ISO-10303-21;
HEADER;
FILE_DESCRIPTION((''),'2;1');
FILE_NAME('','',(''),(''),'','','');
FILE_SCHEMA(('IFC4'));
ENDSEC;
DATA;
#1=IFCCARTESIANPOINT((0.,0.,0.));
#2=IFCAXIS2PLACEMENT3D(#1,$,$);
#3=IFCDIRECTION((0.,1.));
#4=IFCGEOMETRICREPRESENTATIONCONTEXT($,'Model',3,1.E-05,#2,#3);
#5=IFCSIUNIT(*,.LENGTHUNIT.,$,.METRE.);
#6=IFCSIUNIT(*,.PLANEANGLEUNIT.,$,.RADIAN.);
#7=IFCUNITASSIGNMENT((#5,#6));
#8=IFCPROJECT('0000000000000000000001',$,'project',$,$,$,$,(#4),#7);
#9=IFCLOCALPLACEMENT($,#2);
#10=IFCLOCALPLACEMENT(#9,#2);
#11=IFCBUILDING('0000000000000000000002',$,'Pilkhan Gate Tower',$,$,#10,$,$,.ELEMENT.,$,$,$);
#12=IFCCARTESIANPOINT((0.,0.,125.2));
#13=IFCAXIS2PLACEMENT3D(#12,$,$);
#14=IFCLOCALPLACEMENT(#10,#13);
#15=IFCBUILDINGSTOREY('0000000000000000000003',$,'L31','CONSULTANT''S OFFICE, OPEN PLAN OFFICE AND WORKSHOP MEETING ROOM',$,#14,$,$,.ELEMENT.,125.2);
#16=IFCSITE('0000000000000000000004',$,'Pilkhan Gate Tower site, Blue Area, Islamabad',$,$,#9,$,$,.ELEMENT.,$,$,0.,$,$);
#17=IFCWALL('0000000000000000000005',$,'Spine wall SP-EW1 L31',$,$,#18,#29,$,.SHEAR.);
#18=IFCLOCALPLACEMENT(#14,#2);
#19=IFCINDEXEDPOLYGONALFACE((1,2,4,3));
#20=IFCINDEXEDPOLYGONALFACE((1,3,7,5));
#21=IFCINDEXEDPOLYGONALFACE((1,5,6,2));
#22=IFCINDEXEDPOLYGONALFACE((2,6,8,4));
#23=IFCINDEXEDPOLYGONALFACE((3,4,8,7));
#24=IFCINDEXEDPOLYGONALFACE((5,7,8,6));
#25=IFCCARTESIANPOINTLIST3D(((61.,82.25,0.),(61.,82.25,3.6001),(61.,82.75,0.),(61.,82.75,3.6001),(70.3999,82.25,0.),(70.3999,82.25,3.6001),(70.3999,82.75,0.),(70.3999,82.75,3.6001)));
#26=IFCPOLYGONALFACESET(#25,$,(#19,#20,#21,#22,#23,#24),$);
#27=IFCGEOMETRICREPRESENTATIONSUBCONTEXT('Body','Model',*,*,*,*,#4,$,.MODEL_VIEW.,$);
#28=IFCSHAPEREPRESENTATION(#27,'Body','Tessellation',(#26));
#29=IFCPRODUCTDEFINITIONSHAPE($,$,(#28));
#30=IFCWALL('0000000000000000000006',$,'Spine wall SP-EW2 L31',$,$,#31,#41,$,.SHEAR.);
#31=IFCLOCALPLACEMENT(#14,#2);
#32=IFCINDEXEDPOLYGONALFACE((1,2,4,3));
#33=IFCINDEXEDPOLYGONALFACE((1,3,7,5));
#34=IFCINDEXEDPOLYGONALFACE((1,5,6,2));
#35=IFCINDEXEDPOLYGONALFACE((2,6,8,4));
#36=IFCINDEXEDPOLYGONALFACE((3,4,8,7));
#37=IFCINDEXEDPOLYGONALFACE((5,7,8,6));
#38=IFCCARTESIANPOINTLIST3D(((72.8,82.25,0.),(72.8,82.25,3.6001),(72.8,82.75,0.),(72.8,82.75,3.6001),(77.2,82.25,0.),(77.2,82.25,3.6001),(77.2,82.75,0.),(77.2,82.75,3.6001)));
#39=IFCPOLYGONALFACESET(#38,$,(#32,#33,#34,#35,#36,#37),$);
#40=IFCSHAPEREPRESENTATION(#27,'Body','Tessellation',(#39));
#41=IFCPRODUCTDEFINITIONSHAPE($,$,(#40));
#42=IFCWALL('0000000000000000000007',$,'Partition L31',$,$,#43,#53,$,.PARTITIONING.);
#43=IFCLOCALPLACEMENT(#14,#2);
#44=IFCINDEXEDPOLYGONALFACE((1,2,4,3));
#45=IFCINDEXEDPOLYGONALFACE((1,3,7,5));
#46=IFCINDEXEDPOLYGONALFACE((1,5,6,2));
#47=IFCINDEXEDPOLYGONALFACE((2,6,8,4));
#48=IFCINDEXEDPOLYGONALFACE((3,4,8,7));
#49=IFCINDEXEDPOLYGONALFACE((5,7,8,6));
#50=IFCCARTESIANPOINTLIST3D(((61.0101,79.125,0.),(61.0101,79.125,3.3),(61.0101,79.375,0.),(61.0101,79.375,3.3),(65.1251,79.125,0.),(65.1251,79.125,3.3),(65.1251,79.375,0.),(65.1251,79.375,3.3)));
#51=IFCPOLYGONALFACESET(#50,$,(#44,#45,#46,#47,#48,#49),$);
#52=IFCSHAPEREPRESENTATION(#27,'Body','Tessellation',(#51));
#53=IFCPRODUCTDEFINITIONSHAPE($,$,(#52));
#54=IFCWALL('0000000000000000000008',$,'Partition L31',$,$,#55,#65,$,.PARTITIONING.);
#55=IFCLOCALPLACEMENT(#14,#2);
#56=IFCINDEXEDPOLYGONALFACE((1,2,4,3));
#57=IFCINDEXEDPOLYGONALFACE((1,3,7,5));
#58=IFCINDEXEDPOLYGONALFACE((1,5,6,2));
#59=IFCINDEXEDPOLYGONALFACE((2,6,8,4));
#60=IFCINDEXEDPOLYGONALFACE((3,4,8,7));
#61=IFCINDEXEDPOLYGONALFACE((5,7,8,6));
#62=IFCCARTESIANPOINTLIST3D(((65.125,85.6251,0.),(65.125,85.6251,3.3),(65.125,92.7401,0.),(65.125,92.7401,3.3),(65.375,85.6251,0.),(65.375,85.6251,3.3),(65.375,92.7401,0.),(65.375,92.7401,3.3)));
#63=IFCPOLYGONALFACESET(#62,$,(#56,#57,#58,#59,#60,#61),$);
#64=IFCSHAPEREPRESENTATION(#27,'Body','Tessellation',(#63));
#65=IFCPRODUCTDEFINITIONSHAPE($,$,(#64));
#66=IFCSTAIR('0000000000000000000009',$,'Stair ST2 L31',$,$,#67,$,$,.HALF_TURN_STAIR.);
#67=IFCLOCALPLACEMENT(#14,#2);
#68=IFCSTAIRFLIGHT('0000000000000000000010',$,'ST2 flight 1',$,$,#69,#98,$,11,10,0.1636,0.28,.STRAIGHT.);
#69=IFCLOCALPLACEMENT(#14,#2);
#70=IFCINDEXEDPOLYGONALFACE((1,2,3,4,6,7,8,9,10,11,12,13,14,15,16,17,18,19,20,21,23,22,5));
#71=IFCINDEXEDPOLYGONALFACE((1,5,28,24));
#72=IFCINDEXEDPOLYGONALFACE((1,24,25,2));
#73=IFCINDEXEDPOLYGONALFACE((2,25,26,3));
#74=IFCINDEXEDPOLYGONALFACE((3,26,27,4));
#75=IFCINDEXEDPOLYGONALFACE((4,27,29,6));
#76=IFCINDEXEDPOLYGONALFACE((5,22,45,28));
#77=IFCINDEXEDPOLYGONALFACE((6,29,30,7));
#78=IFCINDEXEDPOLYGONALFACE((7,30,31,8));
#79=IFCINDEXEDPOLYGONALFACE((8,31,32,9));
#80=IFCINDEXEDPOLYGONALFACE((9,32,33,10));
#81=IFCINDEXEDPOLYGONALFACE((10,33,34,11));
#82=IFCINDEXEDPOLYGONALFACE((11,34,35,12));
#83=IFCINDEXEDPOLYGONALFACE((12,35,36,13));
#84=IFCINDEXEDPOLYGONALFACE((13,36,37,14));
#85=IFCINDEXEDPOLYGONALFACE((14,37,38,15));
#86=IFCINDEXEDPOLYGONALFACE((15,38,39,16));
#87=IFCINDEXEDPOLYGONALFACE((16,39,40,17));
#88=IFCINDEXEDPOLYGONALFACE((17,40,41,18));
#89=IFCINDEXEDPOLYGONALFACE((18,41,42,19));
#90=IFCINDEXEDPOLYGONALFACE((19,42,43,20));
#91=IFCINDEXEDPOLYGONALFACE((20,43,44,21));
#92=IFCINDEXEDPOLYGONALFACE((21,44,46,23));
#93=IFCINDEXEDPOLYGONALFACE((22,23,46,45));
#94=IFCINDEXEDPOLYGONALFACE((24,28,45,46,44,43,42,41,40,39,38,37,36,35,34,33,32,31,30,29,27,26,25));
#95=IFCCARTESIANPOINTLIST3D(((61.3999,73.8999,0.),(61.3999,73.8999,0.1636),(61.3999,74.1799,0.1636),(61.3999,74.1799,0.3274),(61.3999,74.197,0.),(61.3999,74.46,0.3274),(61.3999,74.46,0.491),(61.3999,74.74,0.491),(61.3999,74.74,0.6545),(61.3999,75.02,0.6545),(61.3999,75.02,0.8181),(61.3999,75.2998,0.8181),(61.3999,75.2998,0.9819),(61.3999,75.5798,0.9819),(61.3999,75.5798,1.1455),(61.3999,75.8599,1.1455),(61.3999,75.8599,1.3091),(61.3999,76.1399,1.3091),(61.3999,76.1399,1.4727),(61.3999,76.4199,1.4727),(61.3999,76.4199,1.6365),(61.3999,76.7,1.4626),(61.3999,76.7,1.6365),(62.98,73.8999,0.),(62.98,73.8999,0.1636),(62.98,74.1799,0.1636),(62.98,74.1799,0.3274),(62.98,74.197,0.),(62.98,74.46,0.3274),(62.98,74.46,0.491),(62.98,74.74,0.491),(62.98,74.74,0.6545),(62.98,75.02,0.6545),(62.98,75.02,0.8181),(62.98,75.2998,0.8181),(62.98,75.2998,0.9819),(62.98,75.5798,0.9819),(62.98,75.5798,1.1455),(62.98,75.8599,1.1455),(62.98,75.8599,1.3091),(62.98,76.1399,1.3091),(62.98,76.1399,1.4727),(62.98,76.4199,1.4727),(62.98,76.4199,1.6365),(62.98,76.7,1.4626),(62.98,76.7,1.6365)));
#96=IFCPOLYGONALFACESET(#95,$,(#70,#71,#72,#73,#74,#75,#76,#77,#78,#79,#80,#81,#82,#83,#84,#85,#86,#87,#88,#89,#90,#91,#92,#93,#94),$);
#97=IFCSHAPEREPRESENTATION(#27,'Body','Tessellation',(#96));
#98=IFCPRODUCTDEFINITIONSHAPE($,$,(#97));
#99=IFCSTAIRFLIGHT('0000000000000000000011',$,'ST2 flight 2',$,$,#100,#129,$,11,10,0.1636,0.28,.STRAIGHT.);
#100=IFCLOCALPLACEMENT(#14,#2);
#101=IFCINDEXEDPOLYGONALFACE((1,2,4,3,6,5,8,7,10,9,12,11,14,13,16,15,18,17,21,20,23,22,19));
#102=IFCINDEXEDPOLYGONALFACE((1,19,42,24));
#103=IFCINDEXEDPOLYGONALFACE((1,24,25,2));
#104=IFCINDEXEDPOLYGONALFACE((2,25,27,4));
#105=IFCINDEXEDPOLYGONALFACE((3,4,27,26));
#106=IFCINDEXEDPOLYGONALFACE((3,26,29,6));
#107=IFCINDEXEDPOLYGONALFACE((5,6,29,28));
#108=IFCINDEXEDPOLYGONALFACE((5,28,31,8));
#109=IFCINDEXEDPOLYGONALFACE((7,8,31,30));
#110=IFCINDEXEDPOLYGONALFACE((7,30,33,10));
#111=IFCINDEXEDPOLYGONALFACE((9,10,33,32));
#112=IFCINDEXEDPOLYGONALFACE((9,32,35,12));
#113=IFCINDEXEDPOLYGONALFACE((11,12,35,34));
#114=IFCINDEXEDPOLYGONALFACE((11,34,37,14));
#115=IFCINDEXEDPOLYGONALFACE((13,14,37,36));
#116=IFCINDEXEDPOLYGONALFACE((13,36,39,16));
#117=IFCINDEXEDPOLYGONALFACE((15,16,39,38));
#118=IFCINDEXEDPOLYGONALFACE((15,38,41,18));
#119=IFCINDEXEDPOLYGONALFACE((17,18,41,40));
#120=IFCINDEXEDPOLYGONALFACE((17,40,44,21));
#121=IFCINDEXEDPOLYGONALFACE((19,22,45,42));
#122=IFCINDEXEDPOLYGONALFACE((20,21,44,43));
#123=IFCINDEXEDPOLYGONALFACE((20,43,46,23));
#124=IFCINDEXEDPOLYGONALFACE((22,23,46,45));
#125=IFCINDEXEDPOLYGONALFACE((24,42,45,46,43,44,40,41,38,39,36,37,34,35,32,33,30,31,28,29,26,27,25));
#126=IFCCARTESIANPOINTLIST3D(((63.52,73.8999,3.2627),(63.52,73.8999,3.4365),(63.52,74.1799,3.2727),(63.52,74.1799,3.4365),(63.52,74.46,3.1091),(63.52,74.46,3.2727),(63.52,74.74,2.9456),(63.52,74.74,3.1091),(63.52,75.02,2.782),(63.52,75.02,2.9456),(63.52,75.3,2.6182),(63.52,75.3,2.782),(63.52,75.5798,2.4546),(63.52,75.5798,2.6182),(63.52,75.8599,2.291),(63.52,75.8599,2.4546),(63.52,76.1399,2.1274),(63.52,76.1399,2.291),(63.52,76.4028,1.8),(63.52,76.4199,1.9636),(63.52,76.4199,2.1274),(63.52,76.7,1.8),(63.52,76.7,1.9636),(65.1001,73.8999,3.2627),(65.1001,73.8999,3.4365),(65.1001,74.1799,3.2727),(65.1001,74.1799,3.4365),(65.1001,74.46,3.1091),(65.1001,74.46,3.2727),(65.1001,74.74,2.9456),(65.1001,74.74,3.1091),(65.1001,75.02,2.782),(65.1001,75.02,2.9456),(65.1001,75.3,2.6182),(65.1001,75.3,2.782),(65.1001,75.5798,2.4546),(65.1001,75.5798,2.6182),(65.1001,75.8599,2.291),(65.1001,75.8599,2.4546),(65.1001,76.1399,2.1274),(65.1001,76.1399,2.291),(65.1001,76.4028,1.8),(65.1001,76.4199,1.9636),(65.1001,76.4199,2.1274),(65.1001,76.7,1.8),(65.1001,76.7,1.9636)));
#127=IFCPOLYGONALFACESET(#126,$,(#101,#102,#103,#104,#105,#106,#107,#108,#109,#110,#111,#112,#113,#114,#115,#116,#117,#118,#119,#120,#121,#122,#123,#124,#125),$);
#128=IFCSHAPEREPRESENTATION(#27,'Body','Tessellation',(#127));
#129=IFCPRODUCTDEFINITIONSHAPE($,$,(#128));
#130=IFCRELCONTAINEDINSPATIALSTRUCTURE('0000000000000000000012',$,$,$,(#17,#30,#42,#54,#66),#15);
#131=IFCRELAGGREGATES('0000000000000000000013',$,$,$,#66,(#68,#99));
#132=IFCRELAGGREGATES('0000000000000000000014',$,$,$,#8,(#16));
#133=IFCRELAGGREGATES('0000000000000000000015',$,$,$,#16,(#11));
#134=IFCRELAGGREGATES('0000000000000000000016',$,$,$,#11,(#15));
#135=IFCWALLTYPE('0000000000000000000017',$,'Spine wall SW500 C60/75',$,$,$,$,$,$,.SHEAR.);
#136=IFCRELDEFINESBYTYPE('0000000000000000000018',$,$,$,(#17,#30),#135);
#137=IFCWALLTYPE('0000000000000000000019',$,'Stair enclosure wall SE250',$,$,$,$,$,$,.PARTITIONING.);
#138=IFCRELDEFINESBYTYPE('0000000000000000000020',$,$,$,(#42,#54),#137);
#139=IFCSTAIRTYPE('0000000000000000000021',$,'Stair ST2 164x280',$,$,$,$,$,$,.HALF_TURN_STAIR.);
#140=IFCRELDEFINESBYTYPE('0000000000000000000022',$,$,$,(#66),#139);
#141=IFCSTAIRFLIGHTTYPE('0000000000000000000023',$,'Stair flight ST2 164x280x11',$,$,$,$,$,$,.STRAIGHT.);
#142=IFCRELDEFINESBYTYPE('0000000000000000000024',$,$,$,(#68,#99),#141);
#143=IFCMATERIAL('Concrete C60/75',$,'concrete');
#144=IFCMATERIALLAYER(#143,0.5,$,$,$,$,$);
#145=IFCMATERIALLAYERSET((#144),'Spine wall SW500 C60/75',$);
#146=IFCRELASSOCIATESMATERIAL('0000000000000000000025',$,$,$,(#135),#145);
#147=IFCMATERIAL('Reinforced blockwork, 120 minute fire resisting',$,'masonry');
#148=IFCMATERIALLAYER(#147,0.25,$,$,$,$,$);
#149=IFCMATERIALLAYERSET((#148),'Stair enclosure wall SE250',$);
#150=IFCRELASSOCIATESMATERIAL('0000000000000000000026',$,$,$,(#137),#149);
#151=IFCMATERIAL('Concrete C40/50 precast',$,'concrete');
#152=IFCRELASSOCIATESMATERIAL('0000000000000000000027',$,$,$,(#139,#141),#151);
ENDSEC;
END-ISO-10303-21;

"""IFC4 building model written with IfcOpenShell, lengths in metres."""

from ifc_helpers import new_model, si_unit, direction, frame, frame_2d, origin, place, context, subcontext, project, spatial, polyline, rectangle, outline, extrude, material, layer, layer_set, type_object, element, aggregate, save


model = new_model("IFC4")

# Units and contexts
model_context = context("Model", 3, precision=1e-05, world=origin(), true_north=direction((0.0, 1.0)))
body_context = subcontext(model_context, "Body", "Model", "MODEL_VIEW")
ifc_project = project(units=[si_unit("LENGTHUNIT", "METRE"), si_unit("PLANEANGLEUNIT", "RADIAN")], contexts=[model_context])

# Site, building, storey
site_placement = place(None, origin())
site = spatial("IfcSite", under=ifc_project, at=site_placement, Name="Pilkhan Gate Tower site, Blue Area, Islamabad", CompositionType="ELEMENT", RefElevation=0.0)
building_placement = place(site_placement, origin())
building = spatial("IfcBuilding", under=site, at=building_placement, Name="Pilkhan Gate Tower", CompositionType="ELEMENT")
storey_placement = place(building_placement, frame((0.0, 0.0, 125.2)))
storey = spatial("IfcBuildingStorey", under=building, at=storey_placement, Name="L31", Description="CONSULTANT'S OFFICE, OPEN PLAN OFFICE AND WORKSHOP MEETING ROOM", CompositionType="ELEMENT", Elevation=125.2)

# Shared definitions
ifc_material_1 = material(Name="Concrete C60/75", Category="concrete")

# Walls
ifc_layer_1 = layer(ifc_material_1, 0.5)
ifc_layer_set_1 = layer_set([ifc_layer_1], Name="Spine wall SW500 C60/75")
wall_type_1 = type_object("IfcWallType", Name="Spine wall SW500 C60/75", PredefinedType="SHEAR", material=ifc_layer_set_1)
wall_1_placement = place(storey_placement, frame((61.0, 82.5, 0.0), z_axis=(0.0, 0.0, 1.0), x_axis=(1.0, 0.0, 0.0)))
element("IfcWall", 1, at=wall_1_placement, inside=storey, type_object=wall_type_1, Name="Spine wall SP-EW1 L31", PredefinedType="SHEAR", context=body_context, shape_type="SweptSolid", body=[
    extrude(rectangle(XDim=9.3999, YDim=0.5, at=frame_2d((4.7, 0.0))), origin(), (0.0, 0.0, 1.0), 3.6001),
])
wall_2_placement = place(storey_placement, frame((72.8, 82.5, 0.0), z_axis=(0.0, 0.0, 1.0), x_axis=(1.0, 0.0, 0.0)))
element("IfcWall", 2, at=wall_2_placement, inside=storey, type_object=wall_type_1, Name="Spine wall SP-EW2 L31", PredefinedType="SHEAR", context=body_context, shape_type="SweptSolid", body=[
    extrude(rectangle(XDim=4.3999, YDim=0.5, at=frame_2d((2.2, 0.0))), origin(), (0.0, 0.0, 1.0), 3.6001),
])
ifc_material_2 = material(Name="Reinforced blockwork, 120 minute fire resisting", Category="masonry")
ifc_layer_2 = layer(ifc_material_2, 0.25)
ifc_layer_set_2 = layer_set([ifc_layer_2], Name="Stair enclosure wall SE250")
wall_type_2 = type_object("IfcWallType", Name="Stair enclosure wall SE250", PredefinedType="PARTITIONING", material=ifc_layer_set_2)
wall_3_placement = place(storey_placement, frame((61.01, 79.25, 0.0), z_axis=(0.0, 0.0, 1.0), x_axis=(1.0, 0.0, 0.0)))
element("IfcWall", 3, at=wall_3_placement, inside=storey, type_object=wall_type_2, Name="Partition L31", PredefinedType="PARTITIONING", context=body_context, shape_type="SweptSolid", body=[
    extrude(rectangle(XDim=4.115, YDim=0.25, at=frame_2d((2.0576, 0.0))), origin(), (0.0, 0.0, 1.0), 3.3),
])
wall_4_placement = place(storey_placement, frame((65.25, 85.625, 0.0), z_axis=(0.0, 0.0, 1.0), x_axis=(0.0, 1.0, 0.0)))
element("IfcWall", 4, at=wall_4_placement, inside=storey, type_object=wall_type_2, Name="Partition L31", PredefinedType="PARTITIONING", context=body_context, shape_type="SweptSolid", body=[
    extrude(rectangle(XDim=7.115, YDim=0.25, at=frame_2d((3.5576, 0.0))), origin(), (0.0, 0.0, 1.0), 3.3),
])

# Stair, stair flights
ifc_material_3 = material(Name="Concrete C40/50 precast", Category="concrete")
stair_type = type_object("IfcStairType", Name="Stair ST2 164x280", PredefinedType="HALF_TURN_STAIR", material=ifc_material_3)
stair_placement = place(storey_placement, origin())
stair = element("IfcStair", 5, at=stair_placement, inside=storey, type_object=stair_type, Name="Stair ST2 L31", PredefinedType="HALF_TURN_STAIR")
stair_flight_type = type_object("IfcStairFlightType", Name="Stair flight ST2 164x280x11", PredefinedType="STRAIGHT", material=ifc_material_3)
stair_flight_1_placement = place(storey_placement, frame((62.1899, 73.8999, 0.0), z_axis=(0.0, 0.0, 1.0), x_axis=(0.0, 1.0, 0.0)))
stair_flight_1 = element("IfcStairFlight", 6, at=stair_flight_1_placement, type_object=stair_flight_type, Name="ST2 flight 1", NumberOfRisers=11, NumberOfTreads=10, PredefinedType="STRAIGHT", RiserHeight=0.1636, TreadLength=0.28, context=body_context, shape_type="SweptSolid", body=[
    extrude(outline(polyline([(0.0, 0.0), (0.0, 0.1636), (0.28, 0.1636), (0.28, 0.3274), (0.5601, 0.3274), (0.5601, 0.491), (0.8401, 0.491), (0.8401, 0.6545), (1.1201, 0.6545), (1.1201, 0.8181), (1.3999, 0.8181), (1.3999, 0.9819), (1.6799, 0.9819), (1.6799, 1.1455), (1.96, 1.1455), (1.96, 1.3091), (2.24, 1.3091), (2.24, 1.4727), (2.52, 1.4727), (2.52, 1.6365), (2.8, 1.6365), (2.8, 1.8), (2.8, 1.4626), (0.2971, 0.0), (0.0, 0.0)])), frame((0.0, 0.79, 0.0), z_axis=(0.0, -1.0, 0.0), x_axis=(1.0, 0.0, 0.0)), (0.0, 0.0, 1.0), 1.5801),
])
stair_flight_2_placement = place(storey_placement, frame((64.3101, 76.7, 1.8), z_axis=(0.0, 0.0, 1.0), x_axis=(0.0, -1.0, 0.0)))
stair_flight_2 = element("IfcStairFlight", 7, at=stair_flight_2_placement, type_object=stair_flight_type, Name="ST2 flight 2", NumberOfRisers=11, NumberOfTreads=10, PredefinedType="STRAIGHT", RiserHeight=0.1636, TreadLength=0.28, context=body_context, shape_type="SweptSolid", body=[
    extrude(outline(polyline([(0.0, 0.0), (0.0, 0.1636), (0.28, 0.1636), (0.28, 0.3274), (0.5601, 0.3274), (0.5601, 0.491), (0.8401, 0.491), (0.8401, 0.6545), (1.1201, 0.6545), (1.1201, 0.8181), (1.3999, 0.8181), (1.3999, 0.9819), (1.6799, 0.9819), (1.6799, 1.1455), (1.96, 1.1455), (1.96, 1.3091), (2.24, 1.3091), (2.24, 1.4727), (2.52, 1.4727), (2.52, 1.6365), (2.8, 1.6365), (2.8, 1.8), (2.8, 1.4626), (0.2971, 0.0), (0.0, 0.0)])), frame((0.0, 0.79, 0.0), z_axis=(0.0, -1.0, 0.0), x_axis=(1.0, 0.0, 0.0)), (0.0, 0.0, 1.0), 1.5801),
])
aggregate(stair, [stair_flight_1, stair_flight_2])

save(model, "model.ifc")
